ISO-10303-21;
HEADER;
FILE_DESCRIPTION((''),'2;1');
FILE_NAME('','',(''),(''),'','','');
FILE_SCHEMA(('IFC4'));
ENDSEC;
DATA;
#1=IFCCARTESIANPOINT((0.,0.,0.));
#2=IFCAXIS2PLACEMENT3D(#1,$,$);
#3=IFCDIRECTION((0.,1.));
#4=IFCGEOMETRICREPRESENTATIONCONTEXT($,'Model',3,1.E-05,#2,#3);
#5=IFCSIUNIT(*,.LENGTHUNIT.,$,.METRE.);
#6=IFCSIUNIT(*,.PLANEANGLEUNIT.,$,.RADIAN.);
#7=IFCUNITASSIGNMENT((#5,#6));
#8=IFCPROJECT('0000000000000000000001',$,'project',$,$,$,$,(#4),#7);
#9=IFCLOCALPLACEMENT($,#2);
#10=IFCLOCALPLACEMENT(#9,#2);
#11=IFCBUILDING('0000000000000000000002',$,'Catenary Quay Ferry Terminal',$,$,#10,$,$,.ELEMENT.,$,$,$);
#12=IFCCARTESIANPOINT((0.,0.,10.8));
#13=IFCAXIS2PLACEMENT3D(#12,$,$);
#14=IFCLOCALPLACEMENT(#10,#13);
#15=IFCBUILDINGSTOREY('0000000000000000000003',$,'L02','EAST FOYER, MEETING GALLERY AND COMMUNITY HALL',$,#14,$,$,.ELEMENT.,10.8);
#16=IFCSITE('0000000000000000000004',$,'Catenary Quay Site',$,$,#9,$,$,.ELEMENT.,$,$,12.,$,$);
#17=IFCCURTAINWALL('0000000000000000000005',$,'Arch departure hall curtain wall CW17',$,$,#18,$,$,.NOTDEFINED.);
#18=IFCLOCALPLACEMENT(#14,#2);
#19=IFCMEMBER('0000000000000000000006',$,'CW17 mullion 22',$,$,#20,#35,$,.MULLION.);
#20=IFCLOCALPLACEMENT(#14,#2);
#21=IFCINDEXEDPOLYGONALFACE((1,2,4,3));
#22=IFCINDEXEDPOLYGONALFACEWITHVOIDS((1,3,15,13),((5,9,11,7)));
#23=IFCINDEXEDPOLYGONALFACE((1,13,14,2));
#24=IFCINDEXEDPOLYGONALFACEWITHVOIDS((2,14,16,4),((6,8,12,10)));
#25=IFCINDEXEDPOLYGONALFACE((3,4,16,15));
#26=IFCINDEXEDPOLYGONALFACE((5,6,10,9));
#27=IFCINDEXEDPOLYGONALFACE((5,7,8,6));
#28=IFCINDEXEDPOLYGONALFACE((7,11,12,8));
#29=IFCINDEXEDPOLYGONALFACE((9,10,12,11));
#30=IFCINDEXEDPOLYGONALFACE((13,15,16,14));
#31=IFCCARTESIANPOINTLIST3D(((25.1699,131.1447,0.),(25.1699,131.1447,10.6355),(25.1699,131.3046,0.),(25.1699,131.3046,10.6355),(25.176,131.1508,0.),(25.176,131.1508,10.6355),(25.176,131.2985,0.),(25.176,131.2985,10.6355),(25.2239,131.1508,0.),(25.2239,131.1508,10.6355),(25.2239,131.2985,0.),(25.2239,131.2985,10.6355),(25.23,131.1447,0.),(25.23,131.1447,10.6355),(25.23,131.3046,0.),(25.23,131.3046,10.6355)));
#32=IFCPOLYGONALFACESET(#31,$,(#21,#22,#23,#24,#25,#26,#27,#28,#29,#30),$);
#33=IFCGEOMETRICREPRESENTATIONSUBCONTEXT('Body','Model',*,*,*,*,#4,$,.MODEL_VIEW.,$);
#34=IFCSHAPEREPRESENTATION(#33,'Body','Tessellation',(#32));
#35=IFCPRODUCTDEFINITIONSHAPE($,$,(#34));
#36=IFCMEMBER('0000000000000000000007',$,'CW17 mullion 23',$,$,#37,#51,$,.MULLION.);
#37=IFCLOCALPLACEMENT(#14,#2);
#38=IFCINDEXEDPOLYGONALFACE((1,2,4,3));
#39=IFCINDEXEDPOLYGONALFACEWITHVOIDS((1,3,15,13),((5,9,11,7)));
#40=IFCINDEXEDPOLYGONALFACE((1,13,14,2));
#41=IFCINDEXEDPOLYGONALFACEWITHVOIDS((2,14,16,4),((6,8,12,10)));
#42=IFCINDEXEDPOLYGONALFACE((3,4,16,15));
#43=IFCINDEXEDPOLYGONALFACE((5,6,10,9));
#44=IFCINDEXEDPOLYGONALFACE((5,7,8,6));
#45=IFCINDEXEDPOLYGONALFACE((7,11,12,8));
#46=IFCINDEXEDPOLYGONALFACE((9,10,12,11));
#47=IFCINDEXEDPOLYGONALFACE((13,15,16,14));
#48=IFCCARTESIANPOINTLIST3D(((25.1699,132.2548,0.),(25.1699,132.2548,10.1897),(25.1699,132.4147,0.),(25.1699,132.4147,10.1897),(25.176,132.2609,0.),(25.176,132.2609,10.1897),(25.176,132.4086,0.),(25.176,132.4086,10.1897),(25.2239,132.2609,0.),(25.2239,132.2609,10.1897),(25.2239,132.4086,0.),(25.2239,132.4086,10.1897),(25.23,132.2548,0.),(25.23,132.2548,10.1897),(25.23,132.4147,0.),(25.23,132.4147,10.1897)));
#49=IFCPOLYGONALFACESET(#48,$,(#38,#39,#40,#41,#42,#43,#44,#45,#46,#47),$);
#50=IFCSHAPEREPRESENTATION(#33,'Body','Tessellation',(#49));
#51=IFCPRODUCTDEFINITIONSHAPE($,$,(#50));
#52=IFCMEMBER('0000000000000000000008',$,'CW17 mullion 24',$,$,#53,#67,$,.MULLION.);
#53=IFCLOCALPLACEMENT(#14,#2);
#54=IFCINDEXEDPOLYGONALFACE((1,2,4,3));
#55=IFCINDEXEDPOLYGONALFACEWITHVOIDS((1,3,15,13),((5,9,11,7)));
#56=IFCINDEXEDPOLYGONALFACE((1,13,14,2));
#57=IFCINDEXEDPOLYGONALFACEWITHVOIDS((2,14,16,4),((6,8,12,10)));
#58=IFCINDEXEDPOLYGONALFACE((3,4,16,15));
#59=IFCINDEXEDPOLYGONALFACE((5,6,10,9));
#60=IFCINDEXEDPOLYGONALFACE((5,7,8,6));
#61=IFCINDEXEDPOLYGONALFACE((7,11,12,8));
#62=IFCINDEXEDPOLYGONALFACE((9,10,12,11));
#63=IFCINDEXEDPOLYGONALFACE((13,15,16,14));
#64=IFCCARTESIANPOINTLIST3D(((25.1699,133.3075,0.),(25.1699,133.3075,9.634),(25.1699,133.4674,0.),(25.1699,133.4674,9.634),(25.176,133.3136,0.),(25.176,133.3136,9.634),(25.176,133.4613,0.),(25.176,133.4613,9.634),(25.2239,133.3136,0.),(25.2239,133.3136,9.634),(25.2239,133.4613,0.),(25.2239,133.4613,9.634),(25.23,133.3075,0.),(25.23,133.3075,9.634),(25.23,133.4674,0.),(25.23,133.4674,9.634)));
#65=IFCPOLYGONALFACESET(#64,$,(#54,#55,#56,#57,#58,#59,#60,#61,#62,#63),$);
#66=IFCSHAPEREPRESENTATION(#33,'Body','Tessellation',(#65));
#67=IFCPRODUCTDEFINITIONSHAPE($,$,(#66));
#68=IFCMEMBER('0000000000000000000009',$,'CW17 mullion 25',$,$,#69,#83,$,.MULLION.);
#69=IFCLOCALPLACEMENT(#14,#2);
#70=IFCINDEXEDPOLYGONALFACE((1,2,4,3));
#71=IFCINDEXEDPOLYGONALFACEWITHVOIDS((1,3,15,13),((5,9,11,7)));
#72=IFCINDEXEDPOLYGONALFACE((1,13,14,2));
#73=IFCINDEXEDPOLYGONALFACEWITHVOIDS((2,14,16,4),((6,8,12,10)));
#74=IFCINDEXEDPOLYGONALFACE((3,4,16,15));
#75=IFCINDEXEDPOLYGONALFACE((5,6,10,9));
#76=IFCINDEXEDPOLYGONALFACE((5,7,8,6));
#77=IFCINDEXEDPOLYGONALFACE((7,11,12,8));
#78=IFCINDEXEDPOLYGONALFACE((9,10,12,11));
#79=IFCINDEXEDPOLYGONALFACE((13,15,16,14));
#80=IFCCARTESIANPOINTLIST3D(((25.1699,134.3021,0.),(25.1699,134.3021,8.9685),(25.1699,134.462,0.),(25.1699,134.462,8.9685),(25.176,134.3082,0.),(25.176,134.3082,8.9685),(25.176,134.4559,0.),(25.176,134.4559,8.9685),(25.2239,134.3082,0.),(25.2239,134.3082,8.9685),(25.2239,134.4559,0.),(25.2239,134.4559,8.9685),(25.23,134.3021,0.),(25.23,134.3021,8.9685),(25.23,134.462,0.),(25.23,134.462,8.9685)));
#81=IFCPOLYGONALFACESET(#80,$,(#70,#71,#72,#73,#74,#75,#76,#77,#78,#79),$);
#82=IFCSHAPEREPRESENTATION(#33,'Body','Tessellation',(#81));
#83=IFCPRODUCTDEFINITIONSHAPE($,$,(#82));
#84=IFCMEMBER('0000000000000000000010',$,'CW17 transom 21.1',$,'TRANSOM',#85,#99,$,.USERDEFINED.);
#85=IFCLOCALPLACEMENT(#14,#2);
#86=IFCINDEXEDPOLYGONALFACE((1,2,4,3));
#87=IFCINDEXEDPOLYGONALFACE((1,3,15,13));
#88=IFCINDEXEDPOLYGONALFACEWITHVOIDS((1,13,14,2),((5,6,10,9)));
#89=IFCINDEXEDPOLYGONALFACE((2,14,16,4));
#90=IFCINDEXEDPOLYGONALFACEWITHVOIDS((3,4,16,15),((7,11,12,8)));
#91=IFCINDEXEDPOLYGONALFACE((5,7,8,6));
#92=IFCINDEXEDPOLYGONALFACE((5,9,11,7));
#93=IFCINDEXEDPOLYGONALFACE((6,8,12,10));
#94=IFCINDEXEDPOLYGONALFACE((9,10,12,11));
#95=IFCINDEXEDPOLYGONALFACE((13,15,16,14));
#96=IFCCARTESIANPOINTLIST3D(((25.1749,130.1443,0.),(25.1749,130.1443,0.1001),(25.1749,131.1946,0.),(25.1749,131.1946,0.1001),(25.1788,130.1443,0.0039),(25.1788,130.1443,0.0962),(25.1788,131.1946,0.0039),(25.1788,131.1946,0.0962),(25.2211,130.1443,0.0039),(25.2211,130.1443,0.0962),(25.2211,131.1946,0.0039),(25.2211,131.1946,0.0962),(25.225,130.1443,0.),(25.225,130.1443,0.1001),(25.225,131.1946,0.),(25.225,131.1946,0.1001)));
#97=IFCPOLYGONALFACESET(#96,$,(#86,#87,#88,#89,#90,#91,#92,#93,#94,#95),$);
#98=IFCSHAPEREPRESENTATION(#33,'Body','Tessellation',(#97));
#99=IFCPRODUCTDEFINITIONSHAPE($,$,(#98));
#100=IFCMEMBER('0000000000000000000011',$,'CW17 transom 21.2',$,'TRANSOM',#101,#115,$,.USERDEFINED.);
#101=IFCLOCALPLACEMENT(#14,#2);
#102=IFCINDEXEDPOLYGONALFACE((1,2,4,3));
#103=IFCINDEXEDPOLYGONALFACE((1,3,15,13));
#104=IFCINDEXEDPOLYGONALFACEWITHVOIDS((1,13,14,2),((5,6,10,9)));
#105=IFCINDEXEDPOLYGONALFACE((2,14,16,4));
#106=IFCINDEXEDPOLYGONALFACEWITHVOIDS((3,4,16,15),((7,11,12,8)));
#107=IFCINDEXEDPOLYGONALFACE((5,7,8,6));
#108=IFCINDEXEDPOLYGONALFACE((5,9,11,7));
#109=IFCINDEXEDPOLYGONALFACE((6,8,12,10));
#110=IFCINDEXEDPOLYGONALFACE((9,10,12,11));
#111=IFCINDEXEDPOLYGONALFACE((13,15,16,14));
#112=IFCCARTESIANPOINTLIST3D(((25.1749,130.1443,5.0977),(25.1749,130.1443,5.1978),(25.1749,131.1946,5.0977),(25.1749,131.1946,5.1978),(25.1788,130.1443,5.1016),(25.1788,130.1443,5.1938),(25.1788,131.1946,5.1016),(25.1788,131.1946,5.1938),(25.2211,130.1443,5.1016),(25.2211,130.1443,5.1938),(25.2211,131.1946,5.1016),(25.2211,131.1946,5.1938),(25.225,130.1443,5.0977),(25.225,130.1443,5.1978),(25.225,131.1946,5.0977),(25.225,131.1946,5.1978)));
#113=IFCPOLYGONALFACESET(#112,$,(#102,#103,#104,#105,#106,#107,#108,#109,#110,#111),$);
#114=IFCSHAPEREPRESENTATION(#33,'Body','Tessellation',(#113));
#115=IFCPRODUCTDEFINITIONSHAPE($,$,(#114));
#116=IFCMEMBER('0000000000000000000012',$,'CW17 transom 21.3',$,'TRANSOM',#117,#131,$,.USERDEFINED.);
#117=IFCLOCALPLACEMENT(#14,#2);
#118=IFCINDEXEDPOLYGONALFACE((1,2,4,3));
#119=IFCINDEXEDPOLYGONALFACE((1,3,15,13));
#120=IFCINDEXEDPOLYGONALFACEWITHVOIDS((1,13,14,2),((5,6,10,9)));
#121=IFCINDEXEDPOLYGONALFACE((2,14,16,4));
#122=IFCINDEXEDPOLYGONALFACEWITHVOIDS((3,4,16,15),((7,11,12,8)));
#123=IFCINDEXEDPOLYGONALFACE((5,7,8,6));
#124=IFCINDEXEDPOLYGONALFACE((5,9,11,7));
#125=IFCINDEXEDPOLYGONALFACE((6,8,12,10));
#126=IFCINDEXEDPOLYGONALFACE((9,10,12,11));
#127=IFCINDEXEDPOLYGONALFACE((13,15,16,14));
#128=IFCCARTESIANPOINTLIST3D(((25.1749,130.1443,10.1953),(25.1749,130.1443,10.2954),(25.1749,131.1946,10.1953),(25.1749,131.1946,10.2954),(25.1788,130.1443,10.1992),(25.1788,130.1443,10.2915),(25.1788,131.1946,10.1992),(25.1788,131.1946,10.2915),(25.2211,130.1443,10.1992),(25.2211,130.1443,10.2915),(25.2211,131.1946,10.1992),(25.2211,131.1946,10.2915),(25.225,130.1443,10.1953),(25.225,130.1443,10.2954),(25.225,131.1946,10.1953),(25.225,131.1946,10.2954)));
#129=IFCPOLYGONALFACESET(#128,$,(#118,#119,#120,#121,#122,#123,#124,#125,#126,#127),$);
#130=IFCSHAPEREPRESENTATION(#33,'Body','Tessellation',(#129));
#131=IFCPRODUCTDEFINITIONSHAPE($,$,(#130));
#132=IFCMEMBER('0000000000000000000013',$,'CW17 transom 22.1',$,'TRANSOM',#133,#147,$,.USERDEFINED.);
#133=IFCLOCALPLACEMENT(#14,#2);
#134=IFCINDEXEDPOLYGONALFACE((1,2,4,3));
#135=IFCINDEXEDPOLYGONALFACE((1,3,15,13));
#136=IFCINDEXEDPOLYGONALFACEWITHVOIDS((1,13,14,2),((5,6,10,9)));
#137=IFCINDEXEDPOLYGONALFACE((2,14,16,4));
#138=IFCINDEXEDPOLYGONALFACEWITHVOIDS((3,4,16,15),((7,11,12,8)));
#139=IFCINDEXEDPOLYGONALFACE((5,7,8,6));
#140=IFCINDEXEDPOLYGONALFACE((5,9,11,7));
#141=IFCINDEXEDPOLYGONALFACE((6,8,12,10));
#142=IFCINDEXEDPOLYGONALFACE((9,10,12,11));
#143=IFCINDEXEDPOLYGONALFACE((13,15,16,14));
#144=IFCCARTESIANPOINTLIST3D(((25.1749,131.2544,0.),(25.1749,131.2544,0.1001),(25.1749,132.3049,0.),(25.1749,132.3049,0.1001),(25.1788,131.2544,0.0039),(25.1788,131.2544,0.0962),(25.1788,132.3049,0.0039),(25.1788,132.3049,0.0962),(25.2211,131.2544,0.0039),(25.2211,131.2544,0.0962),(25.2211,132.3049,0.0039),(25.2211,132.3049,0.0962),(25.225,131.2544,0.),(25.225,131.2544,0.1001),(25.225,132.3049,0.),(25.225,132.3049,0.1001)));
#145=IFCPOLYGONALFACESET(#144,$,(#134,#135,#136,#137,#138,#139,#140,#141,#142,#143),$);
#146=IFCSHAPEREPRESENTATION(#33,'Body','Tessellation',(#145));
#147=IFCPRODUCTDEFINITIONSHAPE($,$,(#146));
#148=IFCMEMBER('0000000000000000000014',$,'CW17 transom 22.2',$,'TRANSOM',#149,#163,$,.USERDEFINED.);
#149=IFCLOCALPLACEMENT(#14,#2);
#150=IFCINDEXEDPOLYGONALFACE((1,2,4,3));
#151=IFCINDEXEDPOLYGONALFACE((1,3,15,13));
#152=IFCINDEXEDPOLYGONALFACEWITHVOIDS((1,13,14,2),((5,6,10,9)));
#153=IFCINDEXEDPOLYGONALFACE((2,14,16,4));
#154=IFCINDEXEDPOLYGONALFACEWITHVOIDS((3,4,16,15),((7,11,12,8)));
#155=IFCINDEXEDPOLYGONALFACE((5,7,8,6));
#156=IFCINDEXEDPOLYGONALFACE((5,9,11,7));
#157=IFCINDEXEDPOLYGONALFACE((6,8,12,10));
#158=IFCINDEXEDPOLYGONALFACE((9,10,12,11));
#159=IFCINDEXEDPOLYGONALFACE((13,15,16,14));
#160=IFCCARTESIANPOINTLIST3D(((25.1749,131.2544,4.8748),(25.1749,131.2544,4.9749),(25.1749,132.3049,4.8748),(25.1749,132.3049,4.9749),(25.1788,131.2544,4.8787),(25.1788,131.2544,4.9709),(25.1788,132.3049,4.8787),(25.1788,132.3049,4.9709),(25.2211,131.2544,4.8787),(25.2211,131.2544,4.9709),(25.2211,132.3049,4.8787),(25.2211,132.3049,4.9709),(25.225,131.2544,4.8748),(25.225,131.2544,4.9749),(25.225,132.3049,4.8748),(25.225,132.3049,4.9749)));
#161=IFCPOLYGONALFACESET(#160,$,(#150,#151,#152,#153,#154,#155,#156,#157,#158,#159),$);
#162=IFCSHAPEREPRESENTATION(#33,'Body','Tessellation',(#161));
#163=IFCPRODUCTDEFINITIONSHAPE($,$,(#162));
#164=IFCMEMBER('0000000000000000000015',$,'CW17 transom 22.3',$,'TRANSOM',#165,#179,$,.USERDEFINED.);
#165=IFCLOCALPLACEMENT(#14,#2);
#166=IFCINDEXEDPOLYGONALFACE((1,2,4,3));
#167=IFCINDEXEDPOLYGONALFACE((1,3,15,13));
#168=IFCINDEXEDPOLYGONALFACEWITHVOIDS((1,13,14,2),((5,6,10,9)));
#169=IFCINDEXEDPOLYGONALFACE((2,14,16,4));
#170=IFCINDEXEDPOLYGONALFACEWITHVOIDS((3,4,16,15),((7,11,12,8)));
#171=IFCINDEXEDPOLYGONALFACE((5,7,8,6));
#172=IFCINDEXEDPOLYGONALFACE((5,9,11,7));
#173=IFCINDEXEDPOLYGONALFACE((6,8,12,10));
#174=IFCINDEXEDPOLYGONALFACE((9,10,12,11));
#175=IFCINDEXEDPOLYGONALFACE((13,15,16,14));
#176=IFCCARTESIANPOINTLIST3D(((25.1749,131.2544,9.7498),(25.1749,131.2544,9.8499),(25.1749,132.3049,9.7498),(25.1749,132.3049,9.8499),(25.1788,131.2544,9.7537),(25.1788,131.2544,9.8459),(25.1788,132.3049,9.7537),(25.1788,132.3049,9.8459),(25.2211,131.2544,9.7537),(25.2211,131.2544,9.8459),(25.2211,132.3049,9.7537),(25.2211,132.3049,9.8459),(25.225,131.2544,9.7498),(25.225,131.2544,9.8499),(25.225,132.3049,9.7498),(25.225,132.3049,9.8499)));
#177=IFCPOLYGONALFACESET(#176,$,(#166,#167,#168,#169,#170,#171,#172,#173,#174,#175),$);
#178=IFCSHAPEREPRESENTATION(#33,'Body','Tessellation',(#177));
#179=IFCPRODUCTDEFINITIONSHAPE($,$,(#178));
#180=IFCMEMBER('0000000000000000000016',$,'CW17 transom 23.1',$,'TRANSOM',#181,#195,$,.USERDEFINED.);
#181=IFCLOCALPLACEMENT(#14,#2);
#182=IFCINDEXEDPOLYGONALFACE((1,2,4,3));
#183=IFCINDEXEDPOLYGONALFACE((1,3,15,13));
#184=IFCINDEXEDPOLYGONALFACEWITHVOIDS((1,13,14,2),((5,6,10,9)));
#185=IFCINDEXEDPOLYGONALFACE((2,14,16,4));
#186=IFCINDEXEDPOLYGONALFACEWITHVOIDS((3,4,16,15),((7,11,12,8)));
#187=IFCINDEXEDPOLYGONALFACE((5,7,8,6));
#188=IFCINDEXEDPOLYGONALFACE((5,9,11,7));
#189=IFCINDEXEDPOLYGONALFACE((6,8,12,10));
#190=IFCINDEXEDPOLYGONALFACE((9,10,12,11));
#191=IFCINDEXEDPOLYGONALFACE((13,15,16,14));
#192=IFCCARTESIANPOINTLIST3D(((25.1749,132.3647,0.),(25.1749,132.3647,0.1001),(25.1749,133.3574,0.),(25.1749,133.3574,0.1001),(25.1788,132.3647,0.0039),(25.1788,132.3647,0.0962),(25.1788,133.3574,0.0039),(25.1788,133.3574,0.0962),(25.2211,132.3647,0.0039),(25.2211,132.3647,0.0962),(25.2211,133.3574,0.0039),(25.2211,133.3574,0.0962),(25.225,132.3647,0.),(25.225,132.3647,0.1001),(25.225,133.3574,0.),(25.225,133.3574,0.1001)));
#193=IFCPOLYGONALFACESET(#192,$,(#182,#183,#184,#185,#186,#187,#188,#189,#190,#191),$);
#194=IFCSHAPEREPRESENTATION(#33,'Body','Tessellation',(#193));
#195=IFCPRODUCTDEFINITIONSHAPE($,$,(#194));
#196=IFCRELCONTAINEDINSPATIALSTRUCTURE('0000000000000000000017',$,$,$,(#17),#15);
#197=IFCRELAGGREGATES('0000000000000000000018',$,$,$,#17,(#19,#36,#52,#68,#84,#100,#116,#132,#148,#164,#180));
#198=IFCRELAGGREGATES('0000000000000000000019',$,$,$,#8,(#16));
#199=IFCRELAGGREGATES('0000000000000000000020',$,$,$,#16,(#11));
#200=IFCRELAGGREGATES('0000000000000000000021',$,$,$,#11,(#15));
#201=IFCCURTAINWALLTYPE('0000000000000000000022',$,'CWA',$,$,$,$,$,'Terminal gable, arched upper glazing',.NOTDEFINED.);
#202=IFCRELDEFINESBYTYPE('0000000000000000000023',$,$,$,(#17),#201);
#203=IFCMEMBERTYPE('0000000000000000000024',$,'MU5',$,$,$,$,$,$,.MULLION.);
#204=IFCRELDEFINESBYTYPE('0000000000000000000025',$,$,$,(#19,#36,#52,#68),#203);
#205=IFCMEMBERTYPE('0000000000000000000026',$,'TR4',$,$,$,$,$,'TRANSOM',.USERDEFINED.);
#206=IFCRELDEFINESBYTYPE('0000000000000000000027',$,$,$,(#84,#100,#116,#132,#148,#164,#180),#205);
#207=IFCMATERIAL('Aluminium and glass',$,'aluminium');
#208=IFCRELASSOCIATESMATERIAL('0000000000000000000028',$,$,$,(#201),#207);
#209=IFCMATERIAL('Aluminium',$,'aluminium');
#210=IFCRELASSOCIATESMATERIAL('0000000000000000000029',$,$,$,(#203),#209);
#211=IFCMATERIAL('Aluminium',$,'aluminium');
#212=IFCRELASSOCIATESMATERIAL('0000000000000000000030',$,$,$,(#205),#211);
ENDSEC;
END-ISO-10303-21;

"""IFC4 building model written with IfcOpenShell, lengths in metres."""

from ifc_helpers import new_model, si_unit, direction, frame, origin, origin_2d, place, context, subcontext, project, spatial, hollow_rectangle, extrude, material, material_profile, profile_set, type_object, element, aggregate, save


model = new_model("IFC4")

# Units and contexts
model_context = context("Model", 3, precision=1e-05, world=origin(), true_north=direction((0.0, 1.0)))
body_context = subcontext(model_context, "Body", "Model", "MODEL_VIEW")
ifc_project = project(units=[si_unit("LENGTHUNIT", "METRE"), si_unit("PLANEANGLEUNIT", "RADIAN")], contexts=[model_context])

# Site, building, storey
site_placement = place(None, origin())
site = spatial("IfcSite", under=ifc_project, at=site_placement, Name="Catenary Quay Site", CompositionType="ELEMENT", RefElevation=12.0)
building_placement = place(site_placement, origin())
building = spatial("IfcBuilding", under=site, at=building_placement, Name="Catenary Quay Ferry Terminal", CompositionType="ELEMENT")
storey_placement = place(building_placement, frame((0.0, 0.0, 10.8)))
storey = spatial("IfcBuildingStorey", under=building, at=storey_placement, Name="L02", Description="EAST FOYER, MEETING GALLERY AND COMMUNITY HALL", CompositionType="ELEMENT", Elevation=10.8)

# Curtain wall, members
ifc_material_1 = material(Name="Aluminium and glass", Category="aluminium")
curtain_wall_type = type_object("IfcCurtainWallType", Name="CWA", ElementType="Terminal gable, arched upper glazing", PredefinedType="NOTDEFINED", material=ifc_material_1)
curtain_wall_placement = place(storey_placement, origin())
curtain_wall = element("IfcCurtainWall", 1, at=curtain_wall_placement, inside=storey, type_object=curtain_wall_type, Name="Arch departure hall curtain wall CW17", PredefinedType="NOTDEFINED")
ifc_material_2 = material(Name="Aluminium", Category="aluminium")
ifc_material_profile_1 = material_profile(ifc_material_2, hollow_rectangle(XDim=0.0601, YDim=0.1599, WallThickness=0.0061, at=origin_2d()), Name="MU5")
ifc_profile_set_1 = profile_set([ifc_material_profile_1], Name="Aluminium")
member_type_1 = type_object("IfcMemberType", Name="MU5", PredefinedType="MULLION", material=ifc_profile_set_1)
member_1_placement = place(storey_placement, frame((25.2, 131.2246, 0.0), z_axis=(0.0, 0.0, 1.0), x_axis=(-1.0, 0.0, 0.0)))
member_1 = element("IfcMember", 2, at=member_1_placement, type_object=member_type_1, Name="CW17 mullion 22", PredefinedType="MULLION", context=body_context, shape_type="SweptSolid", body=[
    extrude(hollow_rectangle(XDim=0.0601, YDim=0.1599, WallThickness=0.0061, at=origin_2d()), origin(), (0.0, 0.0, 1.0), 10.6355),
])
member_2_placement = place(storey_placement, frame((25.2, 132.3347, 0.0), z_axis=(0.0, 0.0, 1.0), x_axis=(-1.0, 0.0, 0.0)))
member_2 = element("IfcMember", 3, at=member_2_placement, type_object=member_type_1, Name="CW17 mullion 23", PredefinedType="MULLION", context=body_context, shape_type="SweptSolid", body=[
    extrude(hollow_rectangle(XDim=0.0601, YDim=0.1599, WallThickness=0.0061, at=origin_2d()), origin(), (0.0, 0.0, 1.0), 10.1897),
])
member_3_placement = place(storey_placement, frame((25.2, 133.3875, 0.0), z_axis=(0.0, 0.0, 1.0), x_axis=(-1.0, 0.0, 0.0)))
member_3 = element("IfcMember", 4, at=member_3_placement, type_object=member_type_1, Name="CW17 mullion 24", PredefinedType="MULLION", context=body_context, shape_type="SweptSolid", body=[
    extrude(hollow_rectangle(XDim=0.0601, YDim=0.1599, WallThickness=0.0061, at=origin_2d()), origin(), (0.0, 0.0, 1.0), 9.634),
])
member_4_placement = place(storey_placement, frame((25.2, 134.3821, 0.0), z_axis=(0.0, 0.0, 1.0), x_axis=(-1.0, 0.0, 0.0)))
member_4 = element("IfcMember", 5, at=member_4_placement, type_object=member_type_1, Name="CW17 mullion 25", PredefinedType="MULLION", context=body_context, shape_type="SweptSolid", body=[
    extrude(hollow_rectangle(XDim=0.0601, YDim=0.1599, WallThickness=0.0061, at=origin_2d()), origin(), (0.0, 0.0, 1.0), 8.9685),
])
ifc_material_3 = material(Name="Aluminium", Category="aluminium")
ifc_material_profile_2 = material_profile(ifc_material_3, hollow_rectangle(XDim=0.05, YDim=0.1001, WallThickness=0.0039, at=origin_2d()), Name="TR4")
ifc_profile_set_2 = profile_set([ifc_material_profile_2], Name="Aluminium")
member_type_2 = type_object("IfcMemberType", Name="TR4", ElementType="TRANSOM", PredefinedType="USERDEFINED", material=ifc_profile_set_2)
member_5_placement = place(storey_placement, frame((25.2, 130.1443, 0.05), z_axis=(0.0, 1.0, 0.0), x_axis=(-1.0, 0.0, 0.0)))
member_5 = element("IfcMember", 6, at=member_5_placement, type_object=member_type_2, Name="CW17 transom 21.1", ObjectType="TRANSOM", PredefinedType="USERDEFINED", context=body_context, shape_type="SweptSolid", body=[
    extrude(hollow_rectangle(XDim=0.05, YDim=0.1001, WallThickness=0.0039, at=origin_2d()), origin(), (0.0, 0.0, 1.0), 1.0503),
])
member_6_placement = place(storey_placement, frame((25.2, 130.1443, 5.1477), z_axis=(0.0, 1.0, 0.0), x_axis=(-1.0, 0.0, 0.0)))
member_6 = element("IfcMember", 7, at=member_6_placement, type_object=member_type_2, Name="CW17 transom 21.2", ObjectType="TRANSOM", PredefinedType="USERDEFINED", context=body_context, shape_type="SweptSolid", body=[
    extrude(hollow_rectangle(XDim=0.05, YDim=0.1001, WallThickness=0.0039, at=origin_2d()), origin(), (0.0, 0.0, 1.0), 1.0503),
])
member_7_placement = place(storey_placement, frame((25.2, 130.1443, 10.2454), z_axis=(0.0, 1.0, 0.0), x_axis=(-1.0, 0.0, 0.0)))
member_7 = element("IfcMember", 8, at=member_7_placement, type_object=member_type_2, Name="CW17 transom 21.3", ObjectType="TRANSOM", PredefinedType="USERDEFINED", context=body_context, shape_type="SweptSolid", body=[
    extrude(hollow_rectangle(XDim=0.05, YDim=0.1001, WallThickness=0.0039, at=origin_2d()), origin(), (0.0, 0.0, 1.0), 1.0503),
])
member_8_placement = place(storey_placement, frame((25.2, 131.2544, 0.05), z_axis=(0.0, 1.0, 0.0), x_axis=(-1.0, 0.0, 0.0)))
member_8 = element("IfcMember", 9, at=member_8_placement, type_object=member_type_2, Name="CW17 transom 22.1", ObjectType="TRANSOM", PredefinedType="USERDEFINED", context=body_context, shape_type="SweptSolid", body=[
    extrude(hollow_rectangle(XDim=0.05, YDim=0.1001, WallThickness=0.0039, at=origin_2d()), origin(), (0.0, 0.0, 1.0), 1.0505),
])
member_9_placement = place(storey_placement, frame((25.2, 131.2544, 4.9248), z_axis=(0.0, 1.0, 0.0), x_axis=(-1.0, 0.0, 0.0)))
member_9 = element("IfcMember", 10, at=member_9_placement, type_object=member_type_2, Name="CW17 transom 22.2", ObjectType="TRANSOM", PredefinedType="USERDEFINED", context=body_context, shape_type="SweptSolid", body=[
    extrude(hollow_rectangle(XDim=0.05, YDim=0.1001, WallThickness=0.0039, at=origin_2d()), origin(), (0.0, 0.0, 1.0), 1.0505),
])
member_10_placement = place(storey_placement, frame((25.2, 131.2544, 9.7998), z_axis=(0.0, 1.0, 0.0), x_axis=(-1.0, 0.0, 0.0)))
member_10 = element("IfcMember", 11, at=member_10_placement, type_object=member_type_2, Name="CW17 transom 22.3", ObjectType="TRANSOM", PredefinedType="USERDEFINED", context=body_context, shape_type="SweptSolid", body=[
    extrude(hollow_rectangle(XDim=0.05, YDim=0.1001, WallThickness=0.0039, at=origin_2d()), origin(), (0.0, 0.0, 1.0), 1.0505),
])
member_11_placement = place(storey_placement, frame((25.2, 132.3647, 0.05), z_axis=(0.0, 1.0, 0.0), x_axis=(-1.0, 0.0, 0.0)))
member_11 = element("IfcMember", 12, at=member_11_placement, type_object=member_type_2, Name="CW17 transom 23.1", ObjectType="TRANSOM", PredefinedType="USERDEFINED", context=body_context, shape_type="SweptSolid", body=[
    extrude(hollow_rectangle(XDim=0.05, YDim=0.1001, WallThickness=0.0039, at=origin_2d()), origin(), (0.0, 0.0, 1.0), 0.9927),
])
aggregate(curtain_wall, [member_1, member_2, member_3, member_4, member_5, member_6, member_7, member_8, member_9, member_10, member_11])

save(model, "model.ifc")
